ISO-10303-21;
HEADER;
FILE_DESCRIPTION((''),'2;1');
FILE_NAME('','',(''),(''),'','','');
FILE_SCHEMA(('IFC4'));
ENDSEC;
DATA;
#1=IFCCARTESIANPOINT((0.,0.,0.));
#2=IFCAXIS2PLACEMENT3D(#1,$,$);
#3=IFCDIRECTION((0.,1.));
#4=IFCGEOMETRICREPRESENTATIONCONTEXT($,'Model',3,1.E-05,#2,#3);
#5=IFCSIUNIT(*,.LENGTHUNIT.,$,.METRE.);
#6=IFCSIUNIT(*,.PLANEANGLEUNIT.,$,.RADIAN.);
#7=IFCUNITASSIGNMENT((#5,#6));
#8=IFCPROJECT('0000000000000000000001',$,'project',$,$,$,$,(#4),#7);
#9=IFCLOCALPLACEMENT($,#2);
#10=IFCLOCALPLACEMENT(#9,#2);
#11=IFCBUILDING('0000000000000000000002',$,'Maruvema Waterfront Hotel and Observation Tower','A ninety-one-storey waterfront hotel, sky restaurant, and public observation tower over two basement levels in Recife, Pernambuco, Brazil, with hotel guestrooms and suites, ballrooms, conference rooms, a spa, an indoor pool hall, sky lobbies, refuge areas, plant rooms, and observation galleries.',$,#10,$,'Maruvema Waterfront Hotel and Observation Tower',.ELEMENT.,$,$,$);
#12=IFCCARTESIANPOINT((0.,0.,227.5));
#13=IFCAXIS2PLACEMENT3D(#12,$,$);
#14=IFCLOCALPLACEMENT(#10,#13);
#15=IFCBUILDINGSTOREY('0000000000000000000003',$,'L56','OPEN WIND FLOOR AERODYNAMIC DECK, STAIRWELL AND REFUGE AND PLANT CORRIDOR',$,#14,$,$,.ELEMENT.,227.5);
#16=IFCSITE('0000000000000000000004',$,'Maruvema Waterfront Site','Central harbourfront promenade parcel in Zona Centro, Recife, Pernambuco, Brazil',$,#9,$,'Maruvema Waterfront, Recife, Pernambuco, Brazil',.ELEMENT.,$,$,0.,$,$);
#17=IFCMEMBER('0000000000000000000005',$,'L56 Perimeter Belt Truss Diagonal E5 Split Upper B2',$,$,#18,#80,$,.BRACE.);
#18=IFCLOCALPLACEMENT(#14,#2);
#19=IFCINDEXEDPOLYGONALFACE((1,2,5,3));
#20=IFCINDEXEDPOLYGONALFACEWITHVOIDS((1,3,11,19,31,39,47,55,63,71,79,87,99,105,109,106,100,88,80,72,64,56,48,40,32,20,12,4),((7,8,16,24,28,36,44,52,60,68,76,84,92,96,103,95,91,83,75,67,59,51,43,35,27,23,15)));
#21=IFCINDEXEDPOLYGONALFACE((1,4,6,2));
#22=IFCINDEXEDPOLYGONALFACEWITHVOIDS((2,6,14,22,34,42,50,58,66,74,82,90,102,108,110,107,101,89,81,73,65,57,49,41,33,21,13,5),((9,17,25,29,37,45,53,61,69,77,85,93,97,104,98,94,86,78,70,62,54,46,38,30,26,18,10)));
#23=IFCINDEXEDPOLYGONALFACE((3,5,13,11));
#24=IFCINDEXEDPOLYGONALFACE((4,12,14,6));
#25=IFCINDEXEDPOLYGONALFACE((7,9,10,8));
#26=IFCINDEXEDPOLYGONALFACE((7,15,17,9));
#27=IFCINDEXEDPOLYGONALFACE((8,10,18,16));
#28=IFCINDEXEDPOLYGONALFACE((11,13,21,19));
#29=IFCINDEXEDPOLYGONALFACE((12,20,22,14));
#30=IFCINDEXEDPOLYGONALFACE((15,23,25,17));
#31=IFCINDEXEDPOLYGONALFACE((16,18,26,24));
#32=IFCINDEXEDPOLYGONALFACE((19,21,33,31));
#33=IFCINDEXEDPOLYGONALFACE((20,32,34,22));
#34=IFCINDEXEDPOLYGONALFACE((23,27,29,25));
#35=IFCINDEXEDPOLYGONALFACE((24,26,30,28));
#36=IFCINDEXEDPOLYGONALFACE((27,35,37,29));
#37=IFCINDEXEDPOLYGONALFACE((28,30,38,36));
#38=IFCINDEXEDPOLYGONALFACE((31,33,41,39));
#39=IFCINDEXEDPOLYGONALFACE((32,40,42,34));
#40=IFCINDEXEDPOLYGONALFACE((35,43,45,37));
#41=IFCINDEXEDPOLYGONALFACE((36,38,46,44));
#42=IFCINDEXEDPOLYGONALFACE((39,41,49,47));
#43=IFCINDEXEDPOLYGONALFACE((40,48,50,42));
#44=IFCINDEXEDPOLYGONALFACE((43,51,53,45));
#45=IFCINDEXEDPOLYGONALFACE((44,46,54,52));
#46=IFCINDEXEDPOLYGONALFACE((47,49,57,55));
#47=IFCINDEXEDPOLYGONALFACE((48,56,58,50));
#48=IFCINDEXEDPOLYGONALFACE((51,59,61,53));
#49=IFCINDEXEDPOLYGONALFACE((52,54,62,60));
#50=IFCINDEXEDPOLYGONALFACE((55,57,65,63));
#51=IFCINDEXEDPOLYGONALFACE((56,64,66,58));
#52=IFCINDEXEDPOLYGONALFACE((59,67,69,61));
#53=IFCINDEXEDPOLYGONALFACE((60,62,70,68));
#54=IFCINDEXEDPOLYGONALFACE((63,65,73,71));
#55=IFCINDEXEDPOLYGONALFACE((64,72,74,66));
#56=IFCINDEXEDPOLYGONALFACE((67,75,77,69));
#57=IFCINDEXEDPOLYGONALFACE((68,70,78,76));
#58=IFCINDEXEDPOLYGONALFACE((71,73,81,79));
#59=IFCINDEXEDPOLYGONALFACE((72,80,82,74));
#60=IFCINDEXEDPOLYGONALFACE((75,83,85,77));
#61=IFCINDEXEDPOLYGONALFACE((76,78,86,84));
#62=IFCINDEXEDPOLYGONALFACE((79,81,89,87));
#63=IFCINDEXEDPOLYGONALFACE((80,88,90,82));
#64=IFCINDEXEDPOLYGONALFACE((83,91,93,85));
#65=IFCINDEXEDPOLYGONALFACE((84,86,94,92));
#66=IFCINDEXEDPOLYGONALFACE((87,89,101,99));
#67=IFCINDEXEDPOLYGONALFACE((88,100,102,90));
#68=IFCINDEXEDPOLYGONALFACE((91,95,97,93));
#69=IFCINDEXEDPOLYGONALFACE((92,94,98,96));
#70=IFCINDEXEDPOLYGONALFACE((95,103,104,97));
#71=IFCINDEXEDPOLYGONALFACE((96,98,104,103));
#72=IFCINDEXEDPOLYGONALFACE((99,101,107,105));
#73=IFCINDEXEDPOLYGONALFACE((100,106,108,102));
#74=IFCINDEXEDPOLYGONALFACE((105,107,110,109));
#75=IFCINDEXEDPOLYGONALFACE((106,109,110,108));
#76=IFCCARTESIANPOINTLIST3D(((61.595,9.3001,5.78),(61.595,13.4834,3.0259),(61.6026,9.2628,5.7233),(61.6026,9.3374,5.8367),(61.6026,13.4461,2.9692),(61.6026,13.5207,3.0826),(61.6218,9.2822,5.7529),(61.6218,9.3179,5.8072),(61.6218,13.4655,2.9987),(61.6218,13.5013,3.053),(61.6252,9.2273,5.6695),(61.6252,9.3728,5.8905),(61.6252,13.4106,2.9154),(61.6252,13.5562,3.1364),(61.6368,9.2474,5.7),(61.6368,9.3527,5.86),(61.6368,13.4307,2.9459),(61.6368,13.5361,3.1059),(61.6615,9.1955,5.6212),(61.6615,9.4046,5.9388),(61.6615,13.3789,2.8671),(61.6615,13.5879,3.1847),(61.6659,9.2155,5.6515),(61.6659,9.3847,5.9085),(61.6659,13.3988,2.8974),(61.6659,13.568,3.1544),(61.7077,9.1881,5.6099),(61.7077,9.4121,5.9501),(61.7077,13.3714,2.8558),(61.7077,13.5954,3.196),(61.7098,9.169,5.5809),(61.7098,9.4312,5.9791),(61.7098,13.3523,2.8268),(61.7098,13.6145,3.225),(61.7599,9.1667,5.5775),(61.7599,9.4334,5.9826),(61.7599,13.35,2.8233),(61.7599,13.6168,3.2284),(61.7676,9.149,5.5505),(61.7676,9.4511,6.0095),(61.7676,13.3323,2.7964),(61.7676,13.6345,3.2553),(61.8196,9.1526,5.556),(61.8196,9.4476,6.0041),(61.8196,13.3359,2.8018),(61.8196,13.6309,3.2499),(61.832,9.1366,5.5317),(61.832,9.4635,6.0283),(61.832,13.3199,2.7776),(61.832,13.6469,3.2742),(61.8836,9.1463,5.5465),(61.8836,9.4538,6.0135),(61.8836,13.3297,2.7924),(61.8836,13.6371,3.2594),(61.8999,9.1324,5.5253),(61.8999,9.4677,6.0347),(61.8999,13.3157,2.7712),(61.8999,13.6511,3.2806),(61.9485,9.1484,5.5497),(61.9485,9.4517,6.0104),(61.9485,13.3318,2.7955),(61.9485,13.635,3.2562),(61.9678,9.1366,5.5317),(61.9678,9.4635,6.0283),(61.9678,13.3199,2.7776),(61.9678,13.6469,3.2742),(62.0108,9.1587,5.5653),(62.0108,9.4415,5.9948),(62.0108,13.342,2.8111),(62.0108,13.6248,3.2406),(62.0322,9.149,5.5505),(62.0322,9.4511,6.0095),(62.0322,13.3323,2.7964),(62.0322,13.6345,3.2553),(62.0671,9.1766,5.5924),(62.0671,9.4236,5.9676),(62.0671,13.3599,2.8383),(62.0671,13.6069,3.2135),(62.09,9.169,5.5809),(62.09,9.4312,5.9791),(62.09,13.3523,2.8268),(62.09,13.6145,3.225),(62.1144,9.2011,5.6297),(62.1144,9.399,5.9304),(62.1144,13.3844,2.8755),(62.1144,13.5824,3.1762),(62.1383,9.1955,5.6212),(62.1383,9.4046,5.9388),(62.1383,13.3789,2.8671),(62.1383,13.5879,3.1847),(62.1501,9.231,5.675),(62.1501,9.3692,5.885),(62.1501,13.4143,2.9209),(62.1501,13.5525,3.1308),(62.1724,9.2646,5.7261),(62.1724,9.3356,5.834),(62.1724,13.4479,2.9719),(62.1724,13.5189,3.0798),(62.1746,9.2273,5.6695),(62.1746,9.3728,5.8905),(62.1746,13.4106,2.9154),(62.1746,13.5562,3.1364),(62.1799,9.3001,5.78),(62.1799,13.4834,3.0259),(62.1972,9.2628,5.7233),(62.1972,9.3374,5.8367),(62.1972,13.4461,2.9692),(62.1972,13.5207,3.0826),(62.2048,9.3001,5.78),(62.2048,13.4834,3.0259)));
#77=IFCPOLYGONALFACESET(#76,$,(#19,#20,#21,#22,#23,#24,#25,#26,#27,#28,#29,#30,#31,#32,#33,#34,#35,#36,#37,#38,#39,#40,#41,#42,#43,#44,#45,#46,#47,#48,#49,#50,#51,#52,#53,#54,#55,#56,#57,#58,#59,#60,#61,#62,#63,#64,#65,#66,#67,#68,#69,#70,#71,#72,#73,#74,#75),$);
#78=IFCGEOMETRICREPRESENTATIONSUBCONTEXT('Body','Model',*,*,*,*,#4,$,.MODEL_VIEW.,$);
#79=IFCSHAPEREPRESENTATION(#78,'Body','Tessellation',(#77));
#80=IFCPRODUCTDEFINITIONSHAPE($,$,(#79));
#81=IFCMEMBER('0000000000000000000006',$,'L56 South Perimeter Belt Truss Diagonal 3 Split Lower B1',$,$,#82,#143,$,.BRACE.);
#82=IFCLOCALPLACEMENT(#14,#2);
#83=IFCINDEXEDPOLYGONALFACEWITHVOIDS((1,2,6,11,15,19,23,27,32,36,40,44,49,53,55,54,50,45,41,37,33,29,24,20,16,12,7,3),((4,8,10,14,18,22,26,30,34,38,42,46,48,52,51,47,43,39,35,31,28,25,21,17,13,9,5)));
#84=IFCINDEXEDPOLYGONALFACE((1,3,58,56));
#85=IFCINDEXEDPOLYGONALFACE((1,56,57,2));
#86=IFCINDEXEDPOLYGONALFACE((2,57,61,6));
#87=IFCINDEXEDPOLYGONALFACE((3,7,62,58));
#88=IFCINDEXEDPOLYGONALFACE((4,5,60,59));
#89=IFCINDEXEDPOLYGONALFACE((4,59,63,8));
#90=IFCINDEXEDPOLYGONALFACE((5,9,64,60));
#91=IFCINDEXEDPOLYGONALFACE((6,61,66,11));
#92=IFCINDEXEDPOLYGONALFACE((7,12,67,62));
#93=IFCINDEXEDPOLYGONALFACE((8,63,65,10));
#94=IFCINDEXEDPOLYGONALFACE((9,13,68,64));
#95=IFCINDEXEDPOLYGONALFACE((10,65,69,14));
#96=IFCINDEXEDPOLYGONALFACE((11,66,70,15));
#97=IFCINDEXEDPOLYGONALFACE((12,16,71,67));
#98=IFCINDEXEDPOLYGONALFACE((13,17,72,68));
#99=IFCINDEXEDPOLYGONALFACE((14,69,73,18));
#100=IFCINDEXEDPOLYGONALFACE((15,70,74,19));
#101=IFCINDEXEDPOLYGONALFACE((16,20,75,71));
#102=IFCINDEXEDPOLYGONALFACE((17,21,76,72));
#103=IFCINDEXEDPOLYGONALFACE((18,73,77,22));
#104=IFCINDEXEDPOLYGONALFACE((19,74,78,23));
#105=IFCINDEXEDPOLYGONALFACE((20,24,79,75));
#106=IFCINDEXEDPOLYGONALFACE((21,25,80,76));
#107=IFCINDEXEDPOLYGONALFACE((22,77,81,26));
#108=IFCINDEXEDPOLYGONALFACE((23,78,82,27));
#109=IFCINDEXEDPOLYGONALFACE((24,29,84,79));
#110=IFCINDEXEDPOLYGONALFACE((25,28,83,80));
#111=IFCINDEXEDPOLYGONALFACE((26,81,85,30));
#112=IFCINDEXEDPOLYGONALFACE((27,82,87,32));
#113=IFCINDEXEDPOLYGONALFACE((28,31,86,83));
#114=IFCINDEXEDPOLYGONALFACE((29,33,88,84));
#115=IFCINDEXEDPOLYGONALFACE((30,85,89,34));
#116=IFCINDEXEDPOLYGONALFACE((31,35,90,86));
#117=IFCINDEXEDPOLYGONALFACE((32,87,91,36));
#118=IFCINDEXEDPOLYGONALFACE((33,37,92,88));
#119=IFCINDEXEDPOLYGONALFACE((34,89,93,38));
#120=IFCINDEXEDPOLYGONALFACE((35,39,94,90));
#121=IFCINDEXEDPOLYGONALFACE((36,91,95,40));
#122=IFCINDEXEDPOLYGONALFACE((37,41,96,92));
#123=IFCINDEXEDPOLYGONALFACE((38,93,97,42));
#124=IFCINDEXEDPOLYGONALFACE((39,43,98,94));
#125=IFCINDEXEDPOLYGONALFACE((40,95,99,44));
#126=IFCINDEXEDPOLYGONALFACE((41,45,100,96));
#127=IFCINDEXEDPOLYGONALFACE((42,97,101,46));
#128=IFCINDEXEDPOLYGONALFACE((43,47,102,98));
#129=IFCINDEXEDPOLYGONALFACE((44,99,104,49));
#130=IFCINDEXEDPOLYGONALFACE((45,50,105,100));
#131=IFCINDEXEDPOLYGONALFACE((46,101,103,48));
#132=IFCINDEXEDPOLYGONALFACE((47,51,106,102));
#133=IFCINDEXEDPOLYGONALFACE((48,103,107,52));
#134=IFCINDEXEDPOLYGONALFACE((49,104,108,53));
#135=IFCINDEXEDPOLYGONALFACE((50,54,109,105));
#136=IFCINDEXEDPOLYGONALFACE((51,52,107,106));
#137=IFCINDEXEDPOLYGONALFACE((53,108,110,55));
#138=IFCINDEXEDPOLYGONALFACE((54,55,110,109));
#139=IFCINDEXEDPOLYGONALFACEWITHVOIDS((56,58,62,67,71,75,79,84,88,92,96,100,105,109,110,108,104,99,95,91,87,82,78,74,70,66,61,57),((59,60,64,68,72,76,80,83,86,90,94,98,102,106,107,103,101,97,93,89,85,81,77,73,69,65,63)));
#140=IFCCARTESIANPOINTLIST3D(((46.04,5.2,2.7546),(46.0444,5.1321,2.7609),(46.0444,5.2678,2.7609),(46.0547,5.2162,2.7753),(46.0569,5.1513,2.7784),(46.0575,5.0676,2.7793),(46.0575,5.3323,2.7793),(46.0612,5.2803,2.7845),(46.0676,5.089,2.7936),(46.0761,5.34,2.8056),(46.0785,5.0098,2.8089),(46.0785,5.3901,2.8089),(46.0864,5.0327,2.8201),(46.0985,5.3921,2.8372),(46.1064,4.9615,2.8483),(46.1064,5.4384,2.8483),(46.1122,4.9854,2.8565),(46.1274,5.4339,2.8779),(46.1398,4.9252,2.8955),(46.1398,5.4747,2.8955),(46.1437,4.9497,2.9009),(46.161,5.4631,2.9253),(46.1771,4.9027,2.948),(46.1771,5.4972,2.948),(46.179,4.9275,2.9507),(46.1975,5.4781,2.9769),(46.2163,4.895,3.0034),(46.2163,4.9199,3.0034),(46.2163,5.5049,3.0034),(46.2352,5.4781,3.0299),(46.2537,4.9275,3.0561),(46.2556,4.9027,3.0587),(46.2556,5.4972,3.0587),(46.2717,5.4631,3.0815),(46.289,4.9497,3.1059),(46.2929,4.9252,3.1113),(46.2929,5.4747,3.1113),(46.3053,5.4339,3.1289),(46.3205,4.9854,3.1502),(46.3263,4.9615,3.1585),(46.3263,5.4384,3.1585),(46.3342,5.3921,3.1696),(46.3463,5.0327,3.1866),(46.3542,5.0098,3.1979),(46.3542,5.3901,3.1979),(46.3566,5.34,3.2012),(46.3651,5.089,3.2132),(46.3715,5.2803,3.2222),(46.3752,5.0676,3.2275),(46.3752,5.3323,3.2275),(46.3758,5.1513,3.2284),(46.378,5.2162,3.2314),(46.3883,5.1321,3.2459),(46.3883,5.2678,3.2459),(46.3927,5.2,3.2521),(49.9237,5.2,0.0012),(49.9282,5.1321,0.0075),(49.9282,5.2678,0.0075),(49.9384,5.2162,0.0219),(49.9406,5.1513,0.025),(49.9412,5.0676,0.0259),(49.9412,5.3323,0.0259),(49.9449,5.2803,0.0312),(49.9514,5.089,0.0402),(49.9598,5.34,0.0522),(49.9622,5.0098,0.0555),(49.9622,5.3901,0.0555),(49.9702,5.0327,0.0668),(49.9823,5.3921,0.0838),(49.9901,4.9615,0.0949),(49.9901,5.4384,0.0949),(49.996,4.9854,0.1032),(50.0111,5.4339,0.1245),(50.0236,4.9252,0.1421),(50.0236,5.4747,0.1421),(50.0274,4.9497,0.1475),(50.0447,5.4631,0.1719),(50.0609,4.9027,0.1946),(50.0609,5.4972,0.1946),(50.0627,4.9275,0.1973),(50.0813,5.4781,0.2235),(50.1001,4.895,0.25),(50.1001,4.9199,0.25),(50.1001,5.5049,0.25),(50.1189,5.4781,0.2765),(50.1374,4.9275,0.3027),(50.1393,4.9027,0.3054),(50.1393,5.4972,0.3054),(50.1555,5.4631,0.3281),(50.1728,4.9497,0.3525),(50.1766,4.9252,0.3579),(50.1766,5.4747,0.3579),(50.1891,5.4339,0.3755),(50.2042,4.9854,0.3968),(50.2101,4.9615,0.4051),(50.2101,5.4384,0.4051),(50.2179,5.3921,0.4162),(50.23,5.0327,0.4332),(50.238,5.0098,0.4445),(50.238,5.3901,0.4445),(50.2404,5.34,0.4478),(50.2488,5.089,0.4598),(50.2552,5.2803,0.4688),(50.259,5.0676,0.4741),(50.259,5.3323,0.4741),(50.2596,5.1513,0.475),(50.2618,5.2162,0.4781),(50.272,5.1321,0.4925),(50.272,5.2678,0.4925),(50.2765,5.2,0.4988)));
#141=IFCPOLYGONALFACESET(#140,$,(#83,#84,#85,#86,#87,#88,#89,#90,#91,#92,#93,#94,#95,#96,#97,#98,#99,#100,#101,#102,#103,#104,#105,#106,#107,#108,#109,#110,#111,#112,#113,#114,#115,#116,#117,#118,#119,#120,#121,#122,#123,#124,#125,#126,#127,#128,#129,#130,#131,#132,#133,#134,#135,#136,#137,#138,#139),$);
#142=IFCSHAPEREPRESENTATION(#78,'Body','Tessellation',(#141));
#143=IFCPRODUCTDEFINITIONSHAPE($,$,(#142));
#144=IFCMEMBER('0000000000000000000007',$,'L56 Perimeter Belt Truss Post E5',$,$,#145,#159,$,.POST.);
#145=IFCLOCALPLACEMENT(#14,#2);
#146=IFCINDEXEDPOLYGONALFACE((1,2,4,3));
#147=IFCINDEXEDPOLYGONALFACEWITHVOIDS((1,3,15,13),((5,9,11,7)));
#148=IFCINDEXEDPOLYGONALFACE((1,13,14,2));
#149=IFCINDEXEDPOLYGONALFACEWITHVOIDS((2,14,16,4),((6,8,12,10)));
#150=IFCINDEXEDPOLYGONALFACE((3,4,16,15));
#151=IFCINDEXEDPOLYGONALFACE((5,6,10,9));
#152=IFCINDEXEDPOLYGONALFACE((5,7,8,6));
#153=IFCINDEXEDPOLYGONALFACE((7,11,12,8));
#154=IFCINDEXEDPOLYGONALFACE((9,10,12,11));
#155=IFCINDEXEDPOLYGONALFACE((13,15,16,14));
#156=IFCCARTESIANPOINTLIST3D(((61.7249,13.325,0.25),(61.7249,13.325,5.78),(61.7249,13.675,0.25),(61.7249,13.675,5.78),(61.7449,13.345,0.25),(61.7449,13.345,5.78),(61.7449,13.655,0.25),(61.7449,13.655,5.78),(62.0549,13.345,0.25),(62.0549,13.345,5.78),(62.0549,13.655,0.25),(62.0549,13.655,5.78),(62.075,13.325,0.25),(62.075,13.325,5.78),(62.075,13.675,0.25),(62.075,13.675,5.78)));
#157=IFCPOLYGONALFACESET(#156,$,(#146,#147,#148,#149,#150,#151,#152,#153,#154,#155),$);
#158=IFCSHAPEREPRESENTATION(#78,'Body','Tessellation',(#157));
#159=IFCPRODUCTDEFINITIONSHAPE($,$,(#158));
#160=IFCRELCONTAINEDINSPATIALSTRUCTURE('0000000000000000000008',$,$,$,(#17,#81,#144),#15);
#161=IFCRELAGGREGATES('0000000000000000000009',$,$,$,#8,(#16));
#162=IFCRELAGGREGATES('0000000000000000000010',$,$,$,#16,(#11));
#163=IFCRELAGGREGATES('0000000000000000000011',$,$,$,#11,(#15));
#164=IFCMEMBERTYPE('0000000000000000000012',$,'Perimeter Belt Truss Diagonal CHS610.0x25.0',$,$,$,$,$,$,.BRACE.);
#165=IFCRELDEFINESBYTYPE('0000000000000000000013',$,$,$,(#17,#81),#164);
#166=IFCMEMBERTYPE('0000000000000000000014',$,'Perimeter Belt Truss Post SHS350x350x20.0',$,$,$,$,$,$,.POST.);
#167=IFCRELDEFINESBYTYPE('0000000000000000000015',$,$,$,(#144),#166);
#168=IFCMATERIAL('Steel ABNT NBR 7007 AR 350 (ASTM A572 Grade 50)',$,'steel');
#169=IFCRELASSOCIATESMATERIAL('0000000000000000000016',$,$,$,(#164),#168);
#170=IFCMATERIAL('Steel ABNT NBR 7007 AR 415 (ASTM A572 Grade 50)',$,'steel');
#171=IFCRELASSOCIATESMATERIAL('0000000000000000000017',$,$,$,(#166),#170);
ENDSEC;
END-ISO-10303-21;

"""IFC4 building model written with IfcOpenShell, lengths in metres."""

from ifc_helpers import new_model, si_unit, direction, frame, origin, origin_2d, place, context, subcontext, project, spatial, hollow_rectangle, hollow_circle, extrude, material, material_profile, profile_set, type_object, element, save


model = new_model("IFC4")

# Units and contexts
model_context = context("Model", 3, precision=1e-05, world=origin(), true_north=direction((0.0, 1.0)))
body_context = subcontext(model_context, "Body", "Model", "MODEL_VIEW")
ifc_project = project(units=[si_unit("LENGTHUNIT", "METRE"), si_unit("PLANEANGLEUNIT", "RADIAN")], contexts=[model_context])

# Site, building, storey
site_placement = place(None, origin())
site = spatial("IfcSite", under=ifc_project, at=site_placement, Name="Maruvema Waterfront Site", Description="Central harbourfront promenade parcel in Zona Centro, Recife, Pernambuco, Brazil", LongName="Maruvema Waterfront, Recife, Pernambuco, Brazil", CompositionType="ELEMENT", RefElevation=0.0)
building_placement = place(site_placement, origin())
building = spatial("IfcBuilding", under=site, at=building_placement, Name="Maruvema Waterfront Hotel and Observation Tower", Description="A ninety-one-storey waterfront hotel, sky restaurant, and public observation tower over two basement levels in Recife, Pernambuco, Brazil, with hotel guestrooms and suites, ballrooms, conference rooms, a spa, an indoor pool hall, sky lobbies, refuge areas, plant rooms, and observation galleries.", LongName="Maruvema Waterfront Hotel and Observation Tower", CompositionType="ELEMENT")
storey_placement = place(building_placement, frame((0.0, 0.0, 227.5)))
storey = spatial("IfcBuildingStorey", under=building, at=storey_placement, Name="L56", Description="OPEN WIND FLOOR AERODYNAMIC DECK, STAIRWELL AND REFUGE AND PLANT CORRIDOR", CompositionType="ELEMENT", Elevation=227.5)

# Members
ifc_material_1 = material(Name="Steel ABNT NBR 7007 AR 350 (ASTM A572 Grade 50)", Category="steel")
ifc_material_profile_1 = material_profile(ifc_material_1, hollow_circle(Radius=0.3049, WallThickness=0.0249, at=origin_2d()), Name="CHS610.0x25.0")
ifc_profile_set_1 = profile_set([ifc_material_profile_1], Name="Steel ABNT NBR 7007 AR 350 (ASTM A572 Grade 50)")
member_type_1 = type_object("IfcMemberType", Name="Perimeter Belt Truss Diagonal CHS610.0x25.0", PredefinedType="BRACE", material=ifc_profile_set_1)
member_1_placement = place(storey_placement, frame((61.8999, 13.4834, 3.0259), z_axis=(0.0, -0.835239, 0.549888), x_axis=(1.0, 0.0, 0.0)))
element("IfcMember", 1, at=member_1_placement, inside=storey, type_object=member_type_1, Name="L56 Perimeter Belt Truss Diagonal E5 Split Upper B2", PredefinedType="BRACE", context=body_context, shape_type="SweptSolid", body=[
    extrude(hollow_circle(Radius=0.3049, WallThickness=0.0249, at=origin_2d()), origin(), (0.0, 0.0, 1.0), 5.0085),
])
member_2_placement = place(storey_placement, frame((50.1001, 5.2, 0.25), z_axis=(-0.815787, 0.0, 0.578353), x_axis=(0.0, -1.0, 0.0)))
element("IfcMember", 2, at=member_2_placement, inside=storey, type_object=member_type_1, Name="L56 South Perimeter Belt Truss Diagonal 3 Split Lower B1", PredefinedType="BRACE", context=body_context, shape_type="SweptSolid", body=[
    extrude(hollow_circle(Radius=0.3049, WallThickness=0.0249, at=origin_2d()), origin(), (0.0, 0.0, 1.0), 4.7607),
])
ifc_material_2 = material(Name="Steel ABNT NBR 7007 AR 415 (ASTM A572 Grade 50)", Category="steel")
ifc_material_profile_2 = material_profile(ifc_material_2, hollow_rectangle(XDim=0.3501, YDim=0.3501, WallThickness=0.02, at=origin_2d()), Name="SHS350x350x20.0")
ifc_profile_set_2 = profile_set([ifc_material_profile_2], Name="Steel ABNT NBR 7007 AR 415 (ASTM A572 Grade 50)")
member_type_2 = type_object("IfcMemberType", Name="Perimeter Belt Truss Post SHS350x350x20.0", PredefinedType="POST", material=ifc_profile_set_2)
member_3_placement = place(storey_placement, frame((61.8999, 13.5, 0.25), z_axis=(0.0, 0.0, 1.0), x_axis=(1.0, 0.0, 0.0)))
element("IfcMember", 3, at=member_3_placement, inside=storey, type_object=member_type_2, Name="L56 Perimeter Belt Truss Post E5", PredefinedType="POST", context=body_context, shape_type="SweptSolid", body=[
    extrude(hollow_rectangle(XDim=0.3501, YDim=0.3501, WallThickness=0.02, at=origin_2d()), origin(), (0.0, 0.0, 1.0), 5.53),
])

save(model, "model.ifc")
